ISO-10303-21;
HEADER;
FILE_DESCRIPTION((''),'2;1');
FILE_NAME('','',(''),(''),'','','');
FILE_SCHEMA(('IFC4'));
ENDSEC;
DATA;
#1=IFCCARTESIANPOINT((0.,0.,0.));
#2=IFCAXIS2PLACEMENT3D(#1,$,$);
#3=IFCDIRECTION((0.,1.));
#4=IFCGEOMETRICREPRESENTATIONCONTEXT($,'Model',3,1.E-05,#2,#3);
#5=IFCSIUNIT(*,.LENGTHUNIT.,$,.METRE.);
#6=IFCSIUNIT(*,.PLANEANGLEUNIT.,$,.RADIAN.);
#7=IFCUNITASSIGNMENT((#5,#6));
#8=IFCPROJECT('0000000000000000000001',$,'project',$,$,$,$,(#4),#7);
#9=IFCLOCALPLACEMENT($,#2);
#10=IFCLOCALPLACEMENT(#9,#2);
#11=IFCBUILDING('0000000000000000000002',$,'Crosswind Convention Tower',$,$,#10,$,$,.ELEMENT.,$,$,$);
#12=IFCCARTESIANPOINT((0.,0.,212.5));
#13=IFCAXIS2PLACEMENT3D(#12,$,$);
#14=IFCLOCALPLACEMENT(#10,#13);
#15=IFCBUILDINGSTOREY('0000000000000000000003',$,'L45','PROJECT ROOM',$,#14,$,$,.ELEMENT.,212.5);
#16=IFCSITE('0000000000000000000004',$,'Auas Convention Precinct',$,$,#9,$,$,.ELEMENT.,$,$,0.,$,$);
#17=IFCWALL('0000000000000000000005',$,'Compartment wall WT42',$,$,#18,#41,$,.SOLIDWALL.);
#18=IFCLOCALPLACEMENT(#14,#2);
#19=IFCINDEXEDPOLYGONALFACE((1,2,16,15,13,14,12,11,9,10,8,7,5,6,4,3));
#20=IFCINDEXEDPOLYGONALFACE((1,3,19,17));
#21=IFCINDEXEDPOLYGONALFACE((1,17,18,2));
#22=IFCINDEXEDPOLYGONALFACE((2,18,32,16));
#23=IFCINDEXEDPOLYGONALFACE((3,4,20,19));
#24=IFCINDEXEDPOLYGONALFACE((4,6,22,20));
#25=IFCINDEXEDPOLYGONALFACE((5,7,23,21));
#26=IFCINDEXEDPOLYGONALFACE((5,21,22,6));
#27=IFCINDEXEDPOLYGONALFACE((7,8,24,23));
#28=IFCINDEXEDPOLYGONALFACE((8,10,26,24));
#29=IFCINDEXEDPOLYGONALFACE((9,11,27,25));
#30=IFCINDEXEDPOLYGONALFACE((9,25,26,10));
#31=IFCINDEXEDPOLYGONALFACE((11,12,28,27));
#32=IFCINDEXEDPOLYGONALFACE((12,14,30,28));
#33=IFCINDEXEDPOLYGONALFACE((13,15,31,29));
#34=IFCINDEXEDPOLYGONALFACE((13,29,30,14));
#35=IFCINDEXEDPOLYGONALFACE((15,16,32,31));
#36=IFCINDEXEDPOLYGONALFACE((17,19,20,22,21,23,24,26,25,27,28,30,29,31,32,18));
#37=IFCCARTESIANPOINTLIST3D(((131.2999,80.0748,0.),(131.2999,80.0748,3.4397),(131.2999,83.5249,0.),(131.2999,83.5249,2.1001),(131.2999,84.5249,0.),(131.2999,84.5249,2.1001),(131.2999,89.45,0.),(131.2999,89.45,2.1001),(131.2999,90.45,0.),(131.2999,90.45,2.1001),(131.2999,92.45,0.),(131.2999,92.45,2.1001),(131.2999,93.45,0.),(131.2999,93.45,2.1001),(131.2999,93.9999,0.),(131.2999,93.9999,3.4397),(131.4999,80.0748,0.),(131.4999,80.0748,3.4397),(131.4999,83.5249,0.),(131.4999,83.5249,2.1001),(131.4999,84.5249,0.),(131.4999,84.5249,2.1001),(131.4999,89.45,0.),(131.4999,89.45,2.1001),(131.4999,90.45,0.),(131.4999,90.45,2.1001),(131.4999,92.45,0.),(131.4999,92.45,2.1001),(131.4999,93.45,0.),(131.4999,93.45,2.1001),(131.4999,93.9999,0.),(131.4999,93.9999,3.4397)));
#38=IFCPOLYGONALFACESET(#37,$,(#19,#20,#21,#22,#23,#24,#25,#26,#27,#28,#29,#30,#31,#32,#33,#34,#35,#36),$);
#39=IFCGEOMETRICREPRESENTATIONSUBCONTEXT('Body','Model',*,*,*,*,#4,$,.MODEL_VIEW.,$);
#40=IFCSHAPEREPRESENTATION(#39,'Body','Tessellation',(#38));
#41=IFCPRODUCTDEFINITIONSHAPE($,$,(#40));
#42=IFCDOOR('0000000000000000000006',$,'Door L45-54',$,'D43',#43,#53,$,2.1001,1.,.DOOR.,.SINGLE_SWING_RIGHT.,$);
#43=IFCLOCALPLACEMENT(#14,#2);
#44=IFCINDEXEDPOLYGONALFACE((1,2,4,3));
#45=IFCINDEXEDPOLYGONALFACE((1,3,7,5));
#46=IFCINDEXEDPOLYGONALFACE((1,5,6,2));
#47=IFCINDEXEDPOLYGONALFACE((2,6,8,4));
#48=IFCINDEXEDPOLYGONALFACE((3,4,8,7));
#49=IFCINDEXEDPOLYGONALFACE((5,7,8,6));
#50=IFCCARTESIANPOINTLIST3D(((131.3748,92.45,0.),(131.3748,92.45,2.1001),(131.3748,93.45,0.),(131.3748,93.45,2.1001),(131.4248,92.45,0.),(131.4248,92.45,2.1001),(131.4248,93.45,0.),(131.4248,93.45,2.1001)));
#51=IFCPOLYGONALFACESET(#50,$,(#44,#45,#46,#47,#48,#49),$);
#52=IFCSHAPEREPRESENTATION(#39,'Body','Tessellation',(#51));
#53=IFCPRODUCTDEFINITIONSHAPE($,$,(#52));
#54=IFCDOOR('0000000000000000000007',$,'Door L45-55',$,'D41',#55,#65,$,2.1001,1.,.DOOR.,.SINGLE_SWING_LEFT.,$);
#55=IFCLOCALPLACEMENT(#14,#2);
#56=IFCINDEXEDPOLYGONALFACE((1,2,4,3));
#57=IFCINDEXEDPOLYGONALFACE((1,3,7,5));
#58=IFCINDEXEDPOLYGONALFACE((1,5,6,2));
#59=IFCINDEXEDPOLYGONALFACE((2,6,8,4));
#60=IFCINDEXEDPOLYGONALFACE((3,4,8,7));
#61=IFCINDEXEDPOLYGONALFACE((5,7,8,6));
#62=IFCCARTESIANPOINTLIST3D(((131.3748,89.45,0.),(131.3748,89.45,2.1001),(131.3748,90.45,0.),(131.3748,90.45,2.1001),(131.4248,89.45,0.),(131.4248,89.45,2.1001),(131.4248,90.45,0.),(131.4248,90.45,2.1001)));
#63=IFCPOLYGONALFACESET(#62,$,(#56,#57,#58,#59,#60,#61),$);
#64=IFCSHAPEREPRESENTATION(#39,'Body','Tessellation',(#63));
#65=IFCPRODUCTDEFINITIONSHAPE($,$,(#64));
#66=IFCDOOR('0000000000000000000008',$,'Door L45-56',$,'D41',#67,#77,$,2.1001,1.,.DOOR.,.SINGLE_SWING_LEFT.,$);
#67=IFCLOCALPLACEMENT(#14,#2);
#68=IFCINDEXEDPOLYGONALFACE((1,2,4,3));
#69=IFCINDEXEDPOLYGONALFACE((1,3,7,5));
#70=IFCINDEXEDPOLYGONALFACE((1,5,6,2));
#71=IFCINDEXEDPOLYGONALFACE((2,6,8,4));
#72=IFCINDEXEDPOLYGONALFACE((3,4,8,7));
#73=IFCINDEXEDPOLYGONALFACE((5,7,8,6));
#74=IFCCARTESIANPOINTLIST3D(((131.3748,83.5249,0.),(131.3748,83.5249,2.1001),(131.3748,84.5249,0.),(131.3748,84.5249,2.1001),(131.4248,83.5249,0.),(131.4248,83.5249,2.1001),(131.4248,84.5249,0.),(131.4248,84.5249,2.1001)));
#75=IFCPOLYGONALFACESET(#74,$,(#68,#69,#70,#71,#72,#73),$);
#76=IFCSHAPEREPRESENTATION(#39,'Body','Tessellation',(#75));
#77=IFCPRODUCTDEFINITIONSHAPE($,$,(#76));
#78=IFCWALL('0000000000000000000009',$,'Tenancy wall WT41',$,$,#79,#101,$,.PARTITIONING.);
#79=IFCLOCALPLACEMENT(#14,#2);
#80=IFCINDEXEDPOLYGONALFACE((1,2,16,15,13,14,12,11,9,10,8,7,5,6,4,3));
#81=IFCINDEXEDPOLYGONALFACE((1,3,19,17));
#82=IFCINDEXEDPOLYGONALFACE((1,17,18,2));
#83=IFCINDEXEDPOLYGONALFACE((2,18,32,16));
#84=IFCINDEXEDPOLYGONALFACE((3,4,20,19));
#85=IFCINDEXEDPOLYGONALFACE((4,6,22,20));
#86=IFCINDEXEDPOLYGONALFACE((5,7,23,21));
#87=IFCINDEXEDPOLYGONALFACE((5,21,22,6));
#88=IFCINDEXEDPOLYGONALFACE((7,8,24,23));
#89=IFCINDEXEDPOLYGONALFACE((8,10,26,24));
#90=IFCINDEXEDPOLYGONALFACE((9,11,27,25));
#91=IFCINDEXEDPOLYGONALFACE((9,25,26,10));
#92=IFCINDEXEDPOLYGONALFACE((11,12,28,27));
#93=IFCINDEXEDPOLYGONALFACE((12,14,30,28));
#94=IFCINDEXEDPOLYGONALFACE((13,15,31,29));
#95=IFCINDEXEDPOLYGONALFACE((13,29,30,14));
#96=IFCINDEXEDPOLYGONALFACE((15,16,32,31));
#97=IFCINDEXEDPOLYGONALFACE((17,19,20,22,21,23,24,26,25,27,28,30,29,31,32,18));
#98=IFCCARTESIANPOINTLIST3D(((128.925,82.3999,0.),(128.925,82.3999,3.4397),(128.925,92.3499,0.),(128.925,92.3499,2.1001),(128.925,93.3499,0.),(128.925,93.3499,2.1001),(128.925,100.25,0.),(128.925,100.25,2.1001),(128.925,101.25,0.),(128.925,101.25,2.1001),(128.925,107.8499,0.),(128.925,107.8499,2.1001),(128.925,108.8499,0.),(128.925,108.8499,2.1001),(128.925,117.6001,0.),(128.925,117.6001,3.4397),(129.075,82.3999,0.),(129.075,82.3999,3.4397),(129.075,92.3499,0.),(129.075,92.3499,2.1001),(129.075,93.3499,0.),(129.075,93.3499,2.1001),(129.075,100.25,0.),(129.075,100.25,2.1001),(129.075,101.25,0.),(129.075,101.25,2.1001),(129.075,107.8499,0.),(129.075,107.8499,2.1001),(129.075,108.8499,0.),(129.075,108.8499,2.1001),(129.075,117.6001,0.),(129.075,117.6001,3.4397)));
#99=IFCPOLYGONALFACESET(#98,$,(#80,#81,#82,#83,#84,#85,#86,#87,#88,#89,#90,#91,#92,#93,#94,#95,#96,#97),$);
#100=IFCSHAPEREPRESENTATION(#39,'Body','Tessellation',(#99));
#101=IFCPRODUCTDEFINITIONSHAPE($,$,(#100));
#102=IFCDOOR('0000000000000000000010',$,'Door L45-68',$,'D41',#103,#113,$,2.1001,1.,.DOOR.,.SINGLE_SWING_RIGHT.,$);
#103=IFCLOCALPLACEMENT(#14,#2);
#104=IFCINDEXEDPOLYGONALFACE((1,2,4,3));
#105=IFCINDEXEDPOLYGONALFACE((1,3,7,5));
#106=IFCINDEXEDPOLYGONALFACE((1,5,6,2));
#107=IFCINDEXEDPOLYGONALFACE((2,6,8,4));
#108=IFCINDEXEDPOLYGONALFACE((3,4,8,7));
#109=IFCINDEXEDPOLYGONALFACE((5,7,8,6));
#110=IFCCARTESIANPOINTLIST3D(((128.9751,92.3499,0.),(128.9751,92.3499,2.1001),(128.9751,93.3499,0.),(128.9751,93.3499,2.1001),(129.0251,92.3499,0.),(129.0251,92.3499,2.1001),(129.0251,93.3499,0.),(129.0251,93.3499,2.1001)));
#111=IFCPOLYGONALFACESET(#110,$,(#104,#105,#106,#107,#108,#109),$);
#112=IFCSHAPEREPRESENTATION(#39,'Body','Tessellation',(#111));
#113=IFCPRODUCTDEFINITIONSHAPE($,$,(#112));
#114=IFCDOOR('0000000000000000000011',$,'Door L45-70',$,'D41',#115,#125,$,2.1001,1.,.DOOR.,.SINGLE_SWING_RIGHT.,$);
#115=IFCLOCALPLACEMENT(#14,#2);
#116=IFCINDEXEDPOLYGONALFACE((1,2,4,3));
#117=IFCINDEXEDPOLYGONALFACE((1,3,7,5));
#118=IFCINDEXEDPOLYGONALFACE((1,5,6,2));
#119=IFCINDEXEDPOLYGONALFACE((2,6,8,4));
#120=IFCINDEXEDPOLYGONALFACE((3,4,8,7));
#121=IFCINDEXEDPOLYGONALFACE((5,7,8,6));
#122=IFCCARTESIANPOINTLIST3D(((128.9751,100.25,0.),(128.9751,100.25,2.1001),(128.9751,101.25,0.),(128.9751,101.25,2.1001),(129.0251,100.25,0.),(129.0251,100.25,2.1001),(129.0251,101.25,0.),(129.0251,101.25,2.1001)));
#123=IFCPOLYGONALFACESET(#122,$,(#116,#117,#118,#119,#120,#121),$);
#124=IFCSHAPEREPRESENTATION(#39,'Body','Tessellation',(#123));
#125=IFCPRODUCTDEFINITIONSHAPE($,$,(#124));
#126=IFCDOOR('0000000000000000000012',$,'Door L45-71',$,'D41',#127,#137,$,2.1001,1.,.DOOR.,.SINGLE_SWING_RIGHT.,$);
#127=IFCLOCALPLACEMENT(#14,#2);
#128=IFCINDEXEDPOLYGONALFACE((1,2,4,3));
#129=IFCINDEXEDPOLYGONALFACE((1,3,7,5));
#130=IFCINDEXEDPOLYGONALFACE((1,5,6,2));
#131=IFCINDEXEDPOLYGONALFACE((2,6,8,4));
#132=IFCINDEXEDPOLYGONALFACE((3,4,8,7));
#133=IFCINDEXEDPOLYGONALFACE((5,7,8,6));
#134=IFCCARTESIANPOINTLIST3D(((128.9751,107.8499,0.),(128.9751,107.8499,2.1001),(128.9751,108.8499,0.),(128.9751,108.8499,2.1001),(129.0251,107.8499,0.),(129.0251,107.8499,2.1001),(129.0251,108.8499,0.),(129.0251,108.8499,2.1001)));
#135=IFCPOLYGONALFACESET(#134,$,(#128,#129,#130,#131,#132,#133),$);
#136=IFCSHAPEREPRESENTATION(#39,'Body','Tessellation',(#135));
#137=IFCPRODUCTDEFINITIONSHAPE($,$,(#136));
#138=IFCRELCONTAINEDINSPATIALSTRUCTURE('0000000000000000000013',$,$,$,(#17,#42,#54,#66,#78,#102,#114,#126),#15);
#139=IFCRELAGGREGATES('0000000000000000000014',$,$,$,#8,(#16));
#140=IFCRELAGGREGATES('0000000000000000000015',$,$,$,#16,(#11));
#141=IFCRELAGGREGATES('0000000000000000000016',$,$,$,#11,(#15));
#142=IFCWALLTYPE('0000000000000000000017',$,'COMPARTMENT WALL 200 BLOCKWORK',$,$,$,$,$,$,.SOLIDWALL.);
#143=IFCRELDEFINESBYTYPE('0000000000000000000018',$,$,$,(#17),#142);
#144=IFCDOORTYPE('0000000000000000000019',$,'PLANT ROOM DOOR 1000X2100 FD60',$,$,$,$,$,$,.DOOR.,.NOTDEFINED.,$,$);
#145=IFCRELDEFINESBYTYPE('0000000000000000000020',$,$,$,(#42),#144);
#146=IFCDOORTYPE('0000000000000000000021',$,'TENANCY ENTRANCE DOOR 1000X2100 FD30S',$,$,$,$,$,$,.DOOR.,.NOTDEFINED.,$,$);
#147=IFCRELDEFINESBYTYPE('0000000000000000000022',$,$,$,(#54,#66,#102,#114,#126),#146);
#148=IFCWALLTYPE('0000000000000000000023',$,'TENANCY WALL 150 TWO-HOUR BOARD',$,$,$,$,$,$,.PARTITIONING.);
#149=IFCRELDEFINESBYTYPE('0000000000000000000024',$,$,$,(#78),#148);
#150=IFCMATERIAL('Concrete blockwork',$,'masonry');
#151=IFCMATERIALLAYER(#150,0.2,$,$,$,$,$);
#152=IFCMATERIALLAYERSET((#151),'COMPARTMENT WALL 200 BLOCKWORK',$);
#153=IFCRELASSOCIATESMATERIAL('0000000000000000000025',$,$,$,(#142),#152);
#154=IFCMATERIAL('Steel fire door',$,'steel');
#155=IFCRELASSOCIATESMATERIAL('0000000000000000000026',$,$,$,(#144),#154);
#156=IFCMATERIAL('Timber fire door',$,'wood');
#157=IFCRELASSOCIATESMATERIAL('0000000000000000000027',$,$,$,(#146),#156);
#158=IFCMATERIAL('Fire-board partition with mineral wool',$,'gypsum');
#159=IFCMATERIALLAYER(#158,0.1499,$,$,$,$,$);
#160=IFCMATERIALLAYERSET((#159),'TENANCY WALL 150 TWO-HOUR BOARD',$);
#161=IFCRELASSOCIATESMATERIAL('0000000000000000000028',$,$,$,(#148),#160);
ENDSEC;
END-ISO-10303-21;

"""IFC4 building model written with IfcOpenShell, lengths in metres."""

from ifc_helpers import new_model, si_unit, direction, frame, frame_2d, origin, place, context, subcontext, project, spatial, rectangle, extrude, material, layer, layer_set, type_object, element, fill, save


model = new_model("IFC4")

# Units and contexts
model_context = context("Model", 3, precision=1e-05, world=origin(), true_north=direction((0.0, 1.0)))
body_context = subcontext(model_context, "Body", "Model", "MODEL_VIEW")
ifc_project = project(units=[si_unit("LENGTHUNIT", "METRE"), si_unit("PLANEANGLEUNIT", "RADIAN")], contexts=[model_context])

# Site, building, storey
site_placement = place(None, origin())
site = spatial("IfcSite", under=ifc_project, at=site_placement, Name="Auas Convention Precinct", CompositionType="ELEMENT", RefElevation=0.0)
building_placement = place(site_placement, origin())
building = spatial("IfcBuilding", under=site, at=building_placement, Name="Crosswind Convention Tower", CompositionType="ELEMENT")
storey_placement = place(building_placement, frame((0.0, 0.0, 212.5)))
storey = spatial("IfcBuildingStorey", under=building, at=storey_placement, Name="L45", Description="PROJECT ROOM", CompositionType="ELEMENT", Elevation=212.5)

# Walls, openings, doors
ifc_material_1 = material(Name="Concrete blockwork", Category="masonry")
ifc_layer_1 = layer(ifc_material_1, 0.2)
ifc_layer_set_1 = layer_set([ifc_layer_1], Name="COMPARTMENT WALL 200 BLOCKWORK")
wall_type_1 = type_object("IfcWallType", Name="COMPARTMENT WALL 200 BLOCKWORK", PredefinedType="SOLIDWALL", material=ifc_layer_set_1)
wall_1_placement = place(storey_placement, frame((131.3999, 80.075, 0.0), z_axis=(0.0, 0.0, 1.0), x_axis=(0.0, 1.0, 0.0)))
wall_1 = element("IfcWall", 1, at=wall_1_placement, inside=storey, type_object=wall_type_1, Name="Compartment wall WT42", PredefinedType="SOLIDWALL", context=body_context, shape_type="SweptSolid", body=[
    extrude(rectangle(XDim=13.925, YDim=0.2, at=frame_2d((6.9624, 0.0))), origin(), (0.0, 0.0, 1.0), 3.4397),
])
opening_1_placement = place(wall_1_placement, frame((12.375, 0.0, 0.0)))
opening_1 = element("IfcOpeningElement", 2, at=opening_1_placement, cuts=wall_1, PredefinedType="OPENING", context=body_context, shape_type="SweptSolid", body=[
    extrude(rectangle(XDim=1.0, YDim=2.1001, at=frame_2d((0.5, 1.05))), frame((0.0, 0.1099, 0.0), z_axis=(0.0, -1.0, 0.0), x_axis=(1.0, 0.0, 0.0)), (0.0, 0.0, 1.0), 0.22),
])
opening_2_placement = place(wall_1_placement, frame((9.375, 0.0, 0.0)))
opening_2 = element("IfcOpeningElement", 3, at=opening_2_placement, cuts=wall_1, PredefinedType="OPENING", context=body_context, shape_type="SweptSolid", body=[
    extrude(rectangle(XDim=1.0, YDim=2.1001, at=frame_2d((0.5, 1.05))), frame((0.0, 0.1099, 0.0), z_axis=(0.0, -1.0, 0.0), x_axis=(1.0, 0.0, 0.0)), (0.0, 0.0, 1.0), 0.22),
])
opening_3_placement = place(wall_1_placement, frame((3.45, 0.0, 0.0)))
opening_3 = element("IfcOpeningElement", 4, at=opening_3_placement, cuts=wall_1, PredefinedType="OPENING", context=body_context, shape_type="SweptSolid", body=[
    extrude(rectangle(XDim=1.0, YDim=2.1001, at=frame_2d((0.5, 1.05))), frame((0.0, 0.1099, 0.0), z_axis=(0.0, -1.0, 0.0), x_axis=(1.0, 0.0, 0.0)), (0.0, 0.0, 1.0), 0.22),
])
ifc_material_2 = material(Name="Steel fire door", Category="steel")
door_type_1 = type_object("IfcDoorType", Name="PLANT ROOM DOOR 1000X2100 FD60", OperationType="NOTDEFINED", PredefinedType="DOOR", material=ifc_material_2)
door_1_placement = place(opening_1_placement, frame((1.0, 0.0, 0.0), z_axis=(0.0, 0.0, 1.0), x_axis=(-1.0, 0.0, 0.0)))
door_1 = element("IfcDoor", 5, at=door_1_placement, inside=storey, type_object=door_type_1, Name="Door L45-54", ObjectType="D43", OperationType="SINGLE_SWING_RIGHT", OverallHeight=2.1001, OverallWidth=1.0, PredefinedType="DOOR", context=body_context, shape_type="SweptSolid", body=[
    extrude(rectangle(XDim=1.0, YDim=2.1001, at=frame_2d((0.5, 1.05))), frame((0.0, 0.0249, 0.0), z_axis=(0.0, -1.0, 0.0), x_axis=(1.0, 0.0, 0.0)), (0.0, 0.0, 1.0), 0.05),
])
fill(opening_1, door_1)
ifc_material_3 = material(Name="Timber fire door", Category="wood")
door_type_2 = type_object("IfcDoorType", Name="TENANCY ENTRANCE DOOR 1000X2100 FD30S", OperationType="NOTDEFINED", PredefinedType="DOOR", material=ifc_material_3)
door_2_placement = place(opening_2_placement, frame((1.0, 0.0, 0.0), z_axis=(0.0, 0.0, 1.0), x_axis=(-1.0, 0.0, 0.0)))
door_2 = element("IfcDoor", 6, at=door_2_placement, inside=storey, type_object=door_type_2, Name="Door L45-55", ObjectType="D41", OperationType="SINGLE_SWING_LEFT", OverallHeight=2.1001, OverallWidth=1.0, PredefinedType="DOOR", context=body_context, shape_type="SweptSolid", body=[
    extrude(rectangle(XDim=1.0, YDim=2.1001, at=frame_2d((0.5, 1.05))), frame((0.0, 0.0249, 0.0), z_axis=(0.0, -1.0, 0.0), x_axis=(1.0, 0.0, 0.0)), (0.0, 0.0, 1.0), 0.05),
])
fill(opening_2, door_2)
door_3_placement = place(opening_3_placement, frame((1.0, 0.0, 0.0), z_axis=(0.0, 0.0, 1.0), x_axis=(-1.0, 0.0, 0.0)))
door_3 = element("IfcDoor", 7, at=door_3_placement, inside=storey, type_object=door_type_2, Name="Door L45-56", ObjectType="D41", OperationType="SINGLE_SWING_LEFT", OverallHeight=2.1001, OverallWidth=1.0, PredefinedType="DOOR", context=body_context, shape_type="SweptSolid", body=[
    extrude(rectangle(XDim=1.0, YDim=2.1001, at=frame_2d((0.5, 1.05))), frame((0.0, 0.0249, 0.0), z_axis=(0.0, -1.0, 0.0), x_axis=(1.0, 0.0, 0.0)), (0.0, 0.0, 1.0), 0.05),
])
fill(opening_3, door_3)
ifc_material_4 = material(Name="Fire-board partition with mineral wool", Category="gypsum")
ifc_layer_2 = layer(ifc_material_4, 0.1499)
ifc_layer_set_2 = layer_set([ifc_layer_2], Name="TENANCY WALL 150 TWO-HOUR BOARD")
wall_type_2 = type_object("IfcWallType", Name="TENANCY WALL 150 TWO-HOUR BOARD", PredefinedType="PARTITIONING", material=ifc_layer_set_2)
wall_2_placement = place(storey_placement, frame((129.0, 82.3999, 0.0), z_axis=(0.0, 0.0, 1.0), x_axis=(0.0, 1.0, 0.0)))
wall_2 = element("IfcWall", 8, at=wall_2_placement, inside=storey, type_object=wall_type_2, Name="Tenancy wall WT41", PredefinedType="PARTITIONING", context=body_context, shape_type="SweptSolid", body=[
    extrude(rectangle(XDim=35.2002, YDim=0.1499, at=frame_2d((17.6001, 0.0))), origin(), (0.0, 0.0, 1.0), 3.4397),
])
opening_4_placement = place(wall_2_placement, frame((9.95, 0.0, 0.0)))
opening_4 = element("IfcOpeningElement", 9, at=opening_4_placement, cuts=wall_2, PredefinedType="OPENING", context=body_context, shape_type="SweptSolid", body=[
    extrude(rectangle(XDim=1.0, YDim=2.1001, at=frame_2d((0.5, 1.05))), frame((0.0, 0.085, 0.0), z_axis=(0.0, -1.0, 0.0), x_axis=(1.0, 0.0, 0.0)), (0.0, 0.0, 1.0), 0.1699),
])
opening_5_placement = place(wall_2_placement, frame((17.8501, 0.0, 0.0)))
opening_5 = element("IfcOpeningElement", 10, at=opening_5_placement, cuts=wall_2, PredefinedType="OPENING", context=body_context, shape_type="SweptSolid", body=[
    extrude(rectangle(XDim=1.0, YDim=2.1001, at=frame_2d((0.5, 1.05))), frame((0.0, 0.085, 0.0), z_axis=(0.0, -1.0, 0.0), x_axis=(1.0, 0.0, 0.0)), (0.0, 0.0, 1.0), 0.1699),
])
opening_6_placement = place(wall_2_placement, frame((25.45, 0.0, 0.0)))
opening_6 = element("IfcOpeningElement", 11, at=opening_6_placement, cuts=wall_2, PredefinedType="OPENING", context=body_context, shape_type="SweptSolid", body=[
    extrude(rectangle(XDim=1.0, YDim=2.1001, at=frame_2d((0.5, 1.05))), frame((0.0, 0.085, 0.0), z_axis=(0.0, -1.0, 0.0), x_axis=(1.0, 0.0, 0.0)), (0.0, 0.0, 1.0), 0.1699),
])
door_4_placement = place(opening_4_placement, origin())
door_4 = element("IfcDoor", 12, at=door_4_placement, inside=storey, type_object=door_type_2, Name="Door L45-68", ObjectType="D41", OperationType="SINGLE_SWING_RIGHT", OverallHeight=2.1001, OverallWidth=1.0, PredefinedType="DOOR", context=body_context, shape_type="SweptSolid", body=[
    extrude(rectangle(XDim=1.0, YDim=2.1001, at=frame_2d((0.5, 1.05))), frame((0.0, 0.0249, 0.0), z_axis=(0.0, -1.0, 0.0), x_axis=(1.0, 0.0, 0.0)), (0.0, 0.0, 1.0), 0.05),
])
fill(opening_4, door_4)
door_5_placement = place(opening_5_placement, origin())
door_5 = element("IfcDoor", 13, at=door_5_placement, inside=storey, type_object=door_type_2, Name="Door L45-70", ObjectType="D41", OperationType="SINGLE_SWING_RIGHT", OverallHeight=2.1001, OverallWidth=1.0, PredefinedType="DOOR", context=body_context, shape_type="SweptSolid", body=[
    extrude(rectangle(XDim=1.0, YDim=2.1001, at=frame_2d((0.5, 1.05))), frame((0.0, 0.0249, 0.0), z_axis=(0.0, -1.0, 0.0), x_axis=(1.0, 0.0, 0.0)), (0.0, 0.0, 1.0), 0.05),
])
fill(opening_5, door_5)
door_6_placement = place(opening_6_placement, origin())
door_6 = element("IfcDoor", 14, at=door_6_placement, inside=storey, type_object=door_type_2, Name="Door L45-71", ObjectType="D41", OperationType="SINGLE_SWING_RIGHT", OverallHeight=2.1001, OverallWidth=1.0, PredefinedType="DOOR", context=body_context, shape_type="SweptSolid", body=[
    extrude(rectangle(XDim=1.0, YDim=2.1001, at=frame_2d((0.5, 1.05))), frame((0.0, 0.0249, 0.0), z_axis=(0.0, -1.0, 0.0), x_axis=(1.0, 0.0, 0.0)), (0.0, 0.0, 1.0), 0.05),
])
fill(opening_6, door_6)

save(model, "model.ifc")
